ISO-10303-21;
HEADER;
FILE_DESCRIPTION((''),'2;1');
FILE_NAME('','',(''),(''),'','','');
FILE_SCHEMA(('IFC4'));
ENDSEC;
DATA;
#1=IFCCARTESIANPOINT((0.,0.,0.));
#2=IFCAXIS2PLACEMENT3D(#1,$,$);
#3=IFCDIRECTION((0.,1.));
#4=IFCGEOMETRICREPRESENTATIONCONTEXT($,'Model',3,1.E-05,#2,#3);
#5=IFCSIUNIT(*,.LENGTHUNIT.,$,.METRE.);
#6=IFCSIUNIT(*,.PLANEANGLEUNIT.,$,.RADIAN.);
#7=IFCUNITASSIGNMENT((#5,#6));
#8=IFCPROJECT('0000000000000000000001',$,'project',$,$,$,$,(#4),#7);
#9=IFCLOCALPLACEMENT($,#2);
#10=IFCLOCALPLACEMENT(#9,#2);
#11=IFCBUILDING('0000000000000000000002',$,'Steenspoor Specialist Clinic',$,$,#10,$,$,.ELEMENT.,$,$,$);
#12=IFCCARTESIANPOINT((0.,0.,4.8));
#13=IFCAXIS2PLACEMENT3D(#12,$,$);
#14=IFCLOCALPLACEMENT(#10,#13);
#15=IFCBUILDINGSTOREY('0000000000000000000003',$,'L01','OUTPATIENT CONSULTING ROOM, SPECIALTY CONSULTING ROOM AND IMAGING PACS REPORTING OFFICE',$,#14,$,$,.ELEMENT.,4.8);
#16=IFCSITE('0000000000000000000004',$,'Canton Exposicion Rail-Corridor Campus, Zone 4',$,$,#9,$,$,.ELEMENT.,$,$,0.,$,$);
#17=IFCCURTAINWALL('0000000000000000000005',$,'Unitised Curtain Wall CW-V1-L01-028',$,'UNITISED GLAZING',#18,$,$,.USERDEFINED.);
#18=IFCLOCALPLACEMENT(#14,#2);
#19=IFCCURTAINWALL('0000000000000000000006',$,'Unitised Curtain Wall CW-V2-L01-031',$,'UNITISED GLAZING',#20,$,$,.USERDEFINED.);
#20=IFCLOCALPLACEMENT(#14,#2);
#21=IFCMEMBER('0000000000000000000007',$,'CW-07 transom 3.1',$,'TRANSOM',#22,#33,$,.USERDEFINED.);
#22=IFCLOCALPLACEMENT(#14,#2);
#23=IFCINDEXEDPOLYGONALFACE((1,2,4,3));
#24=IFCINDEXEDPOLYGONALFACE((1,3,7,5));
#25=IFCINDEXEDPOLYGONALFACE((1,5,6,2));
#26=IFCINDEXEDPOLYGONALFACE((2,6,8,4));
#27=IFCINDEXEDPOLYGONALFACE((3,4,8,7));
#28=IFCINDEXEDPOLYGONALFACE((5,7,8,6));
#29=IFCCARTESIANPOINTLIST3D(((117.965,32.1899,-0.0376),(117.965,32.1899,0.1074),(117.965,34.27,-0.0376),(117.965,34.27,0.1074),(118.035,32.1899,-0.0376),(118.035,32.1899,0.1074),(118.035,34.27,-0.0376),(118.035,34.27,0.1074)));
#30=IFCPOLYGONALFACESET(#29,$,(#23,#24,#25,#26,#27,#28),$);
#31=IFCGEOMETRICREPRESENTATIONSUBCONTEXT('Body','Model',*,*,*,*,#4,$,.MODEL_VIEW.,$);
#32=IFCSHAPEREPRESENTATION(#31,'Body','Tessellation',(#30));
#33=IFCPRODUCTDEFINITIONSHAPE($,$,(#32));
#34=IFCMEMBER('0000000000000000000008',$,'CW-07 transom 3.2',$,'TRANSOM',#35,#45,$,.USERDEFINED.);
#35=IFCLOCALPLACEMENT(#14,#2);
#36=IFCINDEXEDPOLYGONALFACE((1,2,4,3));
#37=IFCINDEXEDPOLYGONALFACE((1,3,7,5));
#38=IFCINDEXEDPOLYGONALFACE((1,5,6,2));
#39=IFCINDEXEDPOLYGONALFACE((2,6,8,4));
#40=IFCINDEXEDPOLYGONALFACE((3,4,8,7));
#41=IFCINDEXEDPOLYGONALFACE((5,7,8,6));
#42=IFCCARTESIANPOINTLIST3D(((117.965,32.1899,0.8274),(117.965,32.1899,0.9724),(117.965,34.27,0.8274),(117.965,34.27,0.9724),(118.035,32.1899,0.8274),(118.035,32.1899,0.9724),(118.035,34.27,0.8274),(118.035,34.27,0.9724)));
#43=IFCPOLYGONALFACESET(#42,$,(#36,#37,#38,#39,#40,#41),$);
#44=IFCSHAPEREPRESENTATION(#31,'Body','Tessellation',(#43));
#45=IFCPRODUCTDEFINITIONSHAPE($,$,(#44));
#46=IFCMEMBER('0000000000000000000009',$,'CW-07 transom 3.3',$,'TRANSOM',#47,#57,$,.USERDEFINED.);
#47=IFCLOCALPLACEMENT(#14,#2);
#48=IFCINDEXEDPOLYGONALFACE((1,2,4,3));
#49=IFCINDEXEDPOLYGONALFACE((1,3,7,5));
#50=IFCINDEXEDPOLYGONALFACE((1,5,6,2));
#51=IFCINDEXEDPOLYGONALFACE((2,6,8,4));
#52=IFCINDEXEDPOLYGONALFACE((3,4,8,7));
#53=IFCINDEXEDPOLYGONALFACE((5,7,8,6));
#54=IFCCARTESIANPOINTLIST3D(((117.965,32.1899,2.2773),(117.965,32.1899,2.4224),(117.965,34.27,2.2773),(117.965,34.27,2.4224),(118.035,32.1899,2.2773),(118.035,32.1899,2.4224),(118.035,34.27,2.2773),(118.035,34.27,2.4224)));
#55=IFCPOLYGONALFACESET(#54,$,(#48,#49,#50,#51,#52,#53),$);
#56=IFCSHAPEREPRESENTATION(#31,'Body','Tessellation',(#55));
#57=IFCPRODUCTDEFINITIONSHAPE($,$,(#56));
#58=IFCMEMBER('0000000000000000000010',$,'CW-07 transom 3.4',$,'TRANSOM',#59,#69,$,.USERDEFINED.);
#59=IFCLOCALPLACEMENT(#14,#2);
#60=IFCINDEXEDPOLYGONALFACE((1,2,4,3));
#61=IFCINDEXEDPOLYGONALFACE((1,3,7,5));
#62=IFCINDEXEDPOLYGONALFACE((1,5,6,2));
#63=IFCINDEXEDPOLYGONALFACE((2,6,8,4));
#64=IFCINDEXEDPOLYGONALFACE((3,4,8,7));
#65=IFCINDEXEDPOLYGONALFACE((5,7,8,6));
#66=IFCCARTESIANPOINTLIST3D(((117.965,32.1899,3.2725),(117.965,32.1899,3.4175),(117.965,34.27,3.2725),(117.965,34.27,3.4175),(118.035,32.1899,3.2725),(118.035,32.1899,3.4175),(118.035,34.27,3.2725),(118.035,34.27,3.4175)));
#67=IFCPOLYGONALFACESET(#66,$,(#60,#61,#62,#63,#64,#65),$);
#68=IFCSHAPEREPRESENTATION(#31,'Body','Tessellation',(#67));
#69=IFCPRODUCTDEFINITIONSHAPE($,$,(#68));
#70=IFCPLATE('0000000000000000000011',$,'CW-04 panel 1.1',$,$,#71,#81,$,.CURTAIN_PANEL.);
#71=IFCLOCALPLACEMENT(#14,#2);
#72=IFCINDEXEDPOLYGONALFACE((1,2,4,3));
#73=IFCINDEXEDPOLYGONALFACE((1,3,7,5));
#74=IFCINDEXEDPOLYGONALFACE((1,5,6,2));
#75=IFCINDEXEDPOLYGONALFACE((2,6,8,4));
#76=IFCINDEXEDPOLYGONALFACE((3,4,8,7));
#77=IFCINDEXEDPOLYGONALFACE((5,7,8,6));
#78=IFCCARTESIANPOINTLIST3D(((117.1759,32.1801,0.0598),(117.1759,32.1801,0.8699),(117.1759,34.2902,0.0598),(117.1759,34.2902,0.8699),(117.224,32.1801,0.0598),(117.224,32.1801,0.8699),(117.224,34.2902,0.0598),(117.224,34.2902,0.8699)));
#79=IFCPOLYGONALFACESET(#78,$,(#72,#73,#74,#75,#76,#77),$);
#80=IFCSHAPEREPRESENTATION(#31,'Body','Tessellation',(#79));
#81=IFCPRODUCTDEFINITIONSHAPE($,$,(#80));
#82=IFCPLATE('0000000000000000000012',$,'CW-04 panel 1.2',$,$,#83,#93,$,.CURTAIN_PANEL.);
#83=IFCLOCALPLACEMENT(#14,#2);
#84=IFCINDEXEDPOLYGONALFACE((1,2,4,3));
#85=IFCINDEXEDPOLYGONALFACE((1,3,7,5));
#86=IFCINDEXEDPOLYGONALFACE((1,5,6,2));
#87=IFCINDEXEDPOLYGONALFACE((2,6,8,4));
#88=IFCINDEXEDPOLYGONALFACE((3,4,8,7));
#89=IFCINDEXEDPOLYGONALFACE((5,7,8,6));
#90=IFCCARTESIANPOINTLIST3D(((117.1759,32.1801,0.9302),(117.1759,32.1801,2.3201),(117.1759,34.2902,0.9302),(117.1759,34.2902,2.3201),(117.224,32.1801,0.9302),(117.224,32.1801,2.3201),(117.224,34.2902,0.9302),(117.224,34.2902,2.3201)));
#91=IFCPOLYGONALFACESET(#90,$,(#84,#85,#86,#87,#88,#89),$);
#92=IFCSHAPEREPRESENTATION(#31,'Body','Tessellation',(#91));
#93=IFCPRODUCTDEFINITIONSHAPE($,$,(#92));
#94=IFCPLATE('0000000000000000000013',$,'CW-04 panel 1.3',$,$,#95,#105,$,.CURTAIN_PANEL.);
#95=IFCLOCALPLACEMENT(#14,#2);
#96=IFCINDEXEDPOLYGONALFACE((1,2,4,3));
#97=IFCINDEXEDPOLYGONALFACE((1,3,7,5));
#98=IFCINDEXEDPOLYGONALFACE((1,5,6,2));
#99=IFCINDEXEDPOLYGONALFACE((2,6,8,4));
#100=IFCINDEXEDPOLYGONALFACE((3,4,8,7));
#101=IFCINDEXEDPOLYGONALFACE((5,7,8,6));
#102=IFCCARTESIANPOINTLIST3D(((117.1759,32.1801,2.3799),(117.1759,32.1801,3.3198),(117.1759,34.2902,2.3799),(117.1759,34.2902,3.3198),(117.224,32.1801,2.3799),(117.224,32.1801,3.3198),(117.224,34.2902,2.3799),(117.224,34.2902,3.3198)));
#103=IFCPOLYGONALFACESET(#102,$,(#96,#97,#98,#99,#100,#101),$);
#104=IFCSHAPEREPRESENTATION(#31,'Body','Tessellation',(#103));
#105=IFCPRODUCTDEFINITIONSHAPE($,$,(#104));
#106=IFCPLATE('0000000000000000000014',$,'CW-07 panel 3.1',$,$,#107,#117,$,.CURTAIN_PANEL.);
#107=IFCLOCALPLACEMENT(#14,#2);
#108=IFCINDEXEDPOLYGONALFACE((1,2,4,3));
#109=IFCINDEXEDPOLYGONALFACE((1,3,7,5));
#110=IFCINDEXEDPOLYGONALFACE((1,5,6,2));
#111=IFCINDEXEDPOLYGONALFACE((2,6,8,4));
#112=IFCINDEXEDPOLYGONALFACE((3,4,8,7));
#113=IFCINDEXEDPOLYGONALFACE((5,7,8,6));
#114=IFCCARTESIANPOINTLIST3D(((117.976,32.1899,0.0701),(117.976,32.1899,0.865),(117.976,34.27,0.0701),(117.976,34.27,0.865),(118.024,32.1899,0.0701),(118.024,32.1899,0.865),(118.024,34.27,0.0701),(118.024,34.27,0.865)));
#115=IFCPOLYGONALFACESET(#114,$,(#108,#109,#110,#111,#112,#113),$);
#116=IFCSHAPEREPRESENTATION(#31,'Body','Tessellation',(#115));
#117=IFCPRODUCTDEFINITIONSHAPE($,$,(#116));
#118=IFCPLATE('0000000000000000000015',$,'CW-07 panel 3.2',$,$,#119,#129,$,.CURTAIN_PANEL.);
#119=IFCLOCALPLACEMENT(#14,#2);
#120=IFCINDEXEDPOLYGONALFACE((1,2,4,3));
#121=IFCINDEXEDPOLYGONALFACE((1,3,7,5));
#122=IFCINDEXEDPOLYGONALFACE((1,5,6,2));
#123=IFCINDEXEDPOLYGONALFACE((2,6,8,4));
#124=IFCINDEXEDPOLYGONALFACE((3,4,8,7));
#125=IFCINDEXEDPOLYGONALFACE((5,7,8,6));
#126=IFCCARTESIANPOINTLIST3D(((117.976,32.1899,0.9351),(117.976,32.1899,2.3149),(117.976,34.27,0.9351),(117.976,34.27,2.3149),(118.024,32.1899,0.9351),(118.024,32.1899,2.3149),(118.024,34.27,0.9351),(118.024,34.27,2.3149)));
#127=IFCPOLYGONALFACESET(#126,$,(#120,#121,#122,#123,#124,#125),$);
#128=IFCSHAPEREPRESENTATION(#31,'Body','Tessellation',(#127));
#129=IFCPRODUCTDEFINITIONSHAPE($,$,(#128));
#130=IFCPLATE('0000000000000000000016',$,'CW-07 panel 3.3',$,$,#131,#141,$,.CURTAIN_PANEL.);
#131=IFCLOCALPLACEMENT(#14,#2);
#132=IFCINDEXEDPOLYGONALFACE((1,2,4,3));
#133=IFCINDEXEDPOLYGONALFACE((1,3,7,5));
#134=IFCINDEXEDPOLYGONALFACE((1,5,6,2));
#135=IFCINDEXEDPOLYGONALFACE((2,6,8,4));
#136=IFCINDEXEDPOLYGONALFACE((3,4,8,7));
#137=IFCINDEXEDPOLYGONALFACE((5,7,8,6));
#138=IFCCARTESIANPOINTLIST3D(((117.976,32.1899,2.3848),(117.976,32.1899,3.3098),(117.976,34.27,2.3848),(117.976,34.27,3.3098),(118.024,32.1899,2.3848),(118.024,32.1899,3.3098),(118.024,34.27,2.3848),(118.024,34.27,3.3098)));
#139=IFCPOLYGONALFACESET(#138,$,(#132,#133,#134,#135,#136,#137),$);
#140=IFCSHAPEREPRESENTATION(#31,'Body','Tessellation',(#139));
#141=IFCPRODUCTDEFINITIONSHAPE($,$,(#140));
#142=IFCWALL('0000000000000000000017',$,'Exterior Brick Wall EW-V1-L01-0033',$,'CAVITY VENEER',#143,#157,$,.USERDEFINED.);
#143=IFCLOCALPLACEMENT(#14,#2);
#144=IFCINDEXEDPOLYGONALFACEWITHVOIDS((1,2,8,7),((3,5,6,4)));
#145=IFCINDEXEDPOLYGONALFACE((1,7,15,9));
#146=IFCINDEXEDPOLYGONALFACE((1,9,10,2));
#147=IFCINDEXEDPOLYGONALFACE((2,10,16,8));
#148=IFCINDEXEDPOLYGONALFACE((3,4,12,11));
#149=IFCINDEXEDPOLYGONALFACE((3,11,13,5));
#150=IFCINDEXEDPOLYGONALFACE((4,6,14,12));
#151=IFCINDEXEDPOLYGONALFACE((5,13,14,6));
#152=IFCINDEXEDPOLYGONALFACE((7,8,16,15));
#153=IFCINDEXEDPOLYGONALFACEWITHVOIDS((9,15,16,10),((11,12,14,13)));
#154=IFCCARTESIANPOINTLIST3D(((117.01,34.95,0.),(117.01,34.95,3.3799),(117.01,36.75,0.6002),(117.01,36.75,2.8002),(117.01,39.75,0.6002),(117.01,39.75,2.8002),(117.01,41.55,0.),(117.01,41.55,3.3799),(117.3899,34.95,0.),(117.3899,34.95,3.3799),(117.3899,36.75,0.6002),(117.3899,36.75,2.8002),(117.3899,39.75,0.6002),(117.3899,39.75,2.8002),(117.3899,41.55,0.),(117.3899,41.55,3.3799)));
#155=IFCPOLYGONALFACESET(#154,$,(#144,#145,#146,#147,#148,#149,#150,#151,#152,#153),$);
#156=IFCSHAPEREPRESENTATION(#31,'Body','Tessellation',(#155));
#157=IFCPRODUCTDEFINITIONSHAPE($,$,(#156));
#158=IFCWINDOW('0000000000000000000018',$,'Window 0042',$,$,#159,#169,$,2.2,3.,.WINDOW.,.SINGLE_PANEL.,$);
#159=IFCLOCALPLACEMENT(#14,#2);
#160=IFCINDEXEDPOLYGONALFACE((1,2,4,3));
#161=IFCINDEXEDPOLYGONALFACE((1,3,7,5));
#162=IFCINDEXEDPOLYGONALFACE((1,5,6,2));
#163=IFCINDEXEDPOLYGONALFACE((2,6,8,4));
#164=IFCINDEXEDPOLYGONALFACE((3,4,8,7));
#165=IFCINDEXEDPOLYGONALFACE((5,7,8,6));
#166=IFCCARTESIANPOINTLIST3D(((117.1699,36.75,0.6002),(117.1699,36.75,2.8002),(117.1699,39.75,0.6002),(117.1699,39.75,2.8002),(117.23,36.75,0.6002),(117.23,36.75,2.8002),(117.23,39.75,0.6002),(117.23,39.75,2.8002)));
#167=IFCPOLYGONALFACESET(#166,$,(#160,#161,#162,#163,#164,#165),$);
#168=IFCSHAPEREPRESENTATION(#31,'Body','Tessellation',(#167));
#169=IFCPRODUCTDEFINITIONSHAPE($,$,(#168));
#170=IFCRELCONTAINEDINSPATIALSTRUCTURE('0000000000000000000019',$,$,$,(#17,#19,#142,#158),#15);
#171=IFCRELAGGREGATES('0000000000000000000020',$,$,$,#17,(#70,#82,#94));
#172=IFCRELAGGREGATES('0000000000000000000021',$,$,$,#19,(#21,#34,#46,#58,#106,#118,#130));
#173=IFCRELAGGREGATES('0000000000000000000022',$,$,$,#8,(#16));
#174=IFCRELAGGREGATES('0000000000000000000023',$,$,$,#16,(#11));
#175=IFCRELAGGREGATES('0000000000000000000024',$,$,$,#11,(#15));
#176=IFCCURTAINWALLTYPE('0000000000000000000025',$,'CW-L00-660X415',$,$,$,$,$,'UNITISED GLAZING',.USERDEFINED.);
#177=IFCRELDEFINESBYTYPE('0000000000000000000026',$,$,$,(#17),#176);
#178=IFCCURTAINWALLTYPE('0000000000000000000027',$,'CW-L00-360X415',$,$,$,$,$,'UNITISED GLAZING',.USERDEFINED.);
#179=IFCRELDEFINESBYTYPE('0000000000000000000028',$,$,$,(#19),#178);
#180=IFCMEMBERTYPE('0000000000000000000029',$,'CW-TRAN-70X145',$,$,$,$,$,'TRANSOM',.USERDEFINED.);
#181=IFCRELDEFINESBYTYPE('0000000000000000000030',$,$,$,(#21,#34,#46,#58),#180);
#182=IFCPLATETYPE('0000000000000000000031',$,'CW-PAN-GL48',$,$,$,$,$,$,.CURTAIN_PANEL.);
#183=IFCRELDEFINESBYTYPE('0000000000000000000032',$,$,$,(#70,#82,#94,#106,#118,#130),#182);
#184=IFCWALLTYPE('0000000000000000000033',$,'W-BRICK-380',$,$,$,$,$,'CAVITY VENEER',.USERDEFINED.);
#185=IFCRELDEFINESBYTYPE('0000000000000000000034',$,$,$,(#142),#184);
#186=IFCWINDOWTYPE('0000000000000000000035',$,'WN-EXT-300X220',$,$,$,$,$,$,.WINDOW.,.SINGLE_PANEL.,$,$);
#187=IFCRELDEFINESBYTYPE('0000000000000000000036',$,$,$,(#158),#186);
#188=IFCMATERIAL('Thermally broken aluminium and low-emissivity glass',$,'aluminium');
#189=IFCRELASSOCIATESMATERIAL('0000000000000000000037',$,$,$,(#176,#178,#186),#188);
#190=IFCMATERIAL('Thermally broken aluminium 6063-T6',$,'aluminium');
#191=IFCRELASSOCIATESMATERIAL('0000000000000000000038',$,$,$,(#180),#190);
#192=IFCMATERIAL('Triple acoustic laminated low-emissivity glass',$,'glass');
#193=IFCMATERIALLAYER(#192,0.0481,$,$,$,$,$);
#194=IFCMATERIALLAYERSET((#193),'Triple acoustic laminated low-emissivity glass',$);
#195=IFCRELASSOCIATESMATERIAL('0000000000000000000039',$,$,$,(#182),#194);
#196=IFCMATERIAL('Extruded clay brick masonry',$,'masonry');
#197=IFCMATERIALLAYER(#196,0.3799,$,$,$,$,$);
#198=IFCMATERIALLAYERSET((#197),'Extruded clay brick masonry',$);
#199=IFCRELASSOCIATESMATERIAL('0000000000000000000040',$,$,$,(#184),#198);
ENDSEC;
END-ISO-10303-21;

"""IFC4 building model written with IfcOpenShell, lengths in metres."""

from ifc_helpers import new_model, si_unit, direction, frame, frame_2d, origin, origin_2d, place, context, subcontext, project, spatial, rectangle, extrude, material, layer, layer_set, material_profile, profile_set, type_object, element, fill, aggregate, save


model = new_model("IFC4")

# Units and contexts
model_context = context("Model", 3, precision=1e-05, world=origin(), true_north=direction((0.0, 1.0)))
body_context = subcontext(model_context, "Body", "Model", "MODEL_VIEW")
ifc_project = project(units=[si_unit("LENGTHUNIT", "METRE"), si_unit("PLANEANGLEUNIT", "RADIAN")], contexts=[model_context])

# Site, building, storey
site_placement = place(None, origin())
site = spatial("IfcSite", under=ifc_project, at=site_placement, Name="Canton Exposicion Rail-Corridor Campus, Zone 4", CompositionType="ELEMENT", RefElevation=0.0)
building_placement = place(site_placement, origin())
building = spatial("IfcBuilding", under=site, at=building_placement, Name="Steenspoor Specialist Clinic", CompositionType="ELEMENT")
storey_placement = place(building_placement, frame((0.0, 0.0, 4.8)))
storey = spatial("IfcBuildingStorey", under=building, at=storey_placement, Name="L01", Description="OUTPATIENT CONSULTING ROOM, SPECIALTY CONSULTING ROOM AND IMAGING PACS REPORTING OFFICE", CompositionType="ELEMENT", Elevation=4.8)

# Curtain walls
ifc_material_1 = material(Name="Thermally broken aluminium and low-emissivity glass", Category="aluminium")
curtain_wall_type_1 = type_object("IfcCurtainWallType", Name="CW-L00-660X415", ElementType="UNITISED GLAZING", PredefinedType="USERDEFINED", material=ifc_material_1)
curtain_wall_1_placement = place(storey_placement, origin())
curtain_wall_1 = element("IfcCurtainWall", 1, at=curtain_wall_1_placement, inside=storey, type_object=curtain_wall_type_1, Name="Unitised Curtain Wall CW-V1-L01-028", ObjectType="UNITISED GLAZING", PredefinedType="USERDEFINED")
ifc_material_2 = material(Name="Thermally broken aluminium 6063-T6", Category="aluminium")
curtain_wall_type_2 = type_object("IfcCurtainWallType", Name="CW-L00-360X415", ElementType="UNITISED GLAZING", PredefinedType="USERDEFINED", material=ifc_material_1)
curtain_wall_2_placement = place(storey_placement, origin())
curtain_wall_2 = element("IfcCurtainWall", 2, at=curtain_wall_2_placement, inside=storey, type_object=curtain_wall_type_2, Name="Unitised Curtain Wall CW-V2-L01-031", ObjectType="UNITISED GLAZING", PredefinedType="USERDEFINED")

# Members
ifc_material_profile_1 = material_profile(ifc_material_2, rectangle(XDim=0.0701, YDim=0.145, at=origin_2d()), Name="CWT-70X145")
ifc_profile_set_1 = profile_set([ifc_material_profile_1], Name="Thermally broken aluminium 6063-T6")
member_type_1 = type_object("IfcMemberType", Name="CW-TRAN-70X145", ElementType="TRANSOM", PredefinedType="USERDEFINED", material=ifc_profile_set_1)
member_1_placement = place(storey_placement, frame((118.0, 32.1899, 0.0349), z_axis=(0.0, 1.0, 0.0), x_axis=(-1.0, 0.0, 0.0)))
member_1 = element("IfcMember", 3, at=member_1_placement, type_object=member_type_1, Name="CW-07 transom 3.1", ObjectType="TRANSOM", PredefinedType="USERDEFINED", context=body_context, shape_type="SweptSolid", body=[
    extrude(rectangle(XDim=0.0701, YDim=0.145, at=origin_2d()), origin(), (0.0, 0.0, 1.0), 2.0801),
])
member_2_placement = place(storey_placement, frame((118.0, 32.1899, 0.8999), z_axis=(0.0, 1.0, 0.0), x_axis=(-1.0, 0.0, 0.0)))
member_2 = element("IfcMember", 4, at=member_2_placement, type_object=member_type_1, Name="CW-07 transom 3.2", ObjectType="TRANSOM", PredefinedType="USERDEFINED", context=body_context, shape_type="SweptSolid", body=[
    extrude(rectangle(XDim=0.0701, YDim=0.145, at=origin_2d()), origin(), (0.0, 0.0, 1.0), 2.0801),
])
member_3_placement = place(storey_placement, frame((118.0, 32.1899, 2.3499), z_axis=(0.0, 1.0, 0.0), x_axis=(-1.0, 0.0, 0.0)))
member_3 = element("IfcMember", 5, at=member_3_placement, type_object=member_type_1, Name="CW-07 transom 3.3", ObjectType="TRANSOM", PredefinedType="USERDEFINED", context=body_context, shape_type="SweptSolid", body=[
    extrude(rectangle(XDim=0.0701, YDim=0.145, at=origin_2d()), origin(), (0.0, 0.0, 1.0), 2.0801),
])
member_4_placement = place(storey_placement, frame((118.0, 32.1899, 3.345), z_axis=(0.0, 1.0, 0.0), x_axis=(-1.0, 0.0, 0.0)))
member_4 = element("IfcMember", 6, at=member_4_placement, type_object=member_type_1, Name="CW-07 transom 3.4", ObjectType="TRANSOM", PredefinedType="USERDEFINED", context=body_context, shape_type="SweptSolid", body=[
    extrude(rectangle(XDim=0.0701, YDim=0.145, at=origin_2d()), origin(), (0.0, 0.0, 1.0), 2.0801),
])

# Plates
ifc_material_3 = material(Name="Triple acoustic laminated low-emissivity glass", Category="glass")
ifc_layer_1 = layer(ifc_material_3, 0.0481)
ifc_layer_set_1 = layer_set([ifc_layer_1], Name="Triple acoustic laminated low-emissivity glass")
plate_type = type_object("IfcPlateType", Name="CW-PAN-GL48", PredefinedType="CURTAIN_PANEL", material=ifc_layer_set_1)
plate_1_placement = place(storey_placement, frame((117.2, 33.2351, 0.0598), z_axis=(0.0, 0.0, 1.0), x_axis=(0.0, -1.0, 0.0)))
plate_1 = element("IfcPlate", 7, at=plate_1_placement, type_object=plate_type, Name="CW-04 panel 1.1", PredefinedType="CURTAIN_PANEL", context=body_context, shape_type="SweptSolid", body=[
    extrude(rectangle(XDim=2.1101, YDim=0.0481, at=origin_2d()), origin(), (0.0, 0.0, 1.0), 0.8101),
])
plate_2_placement = place(storey_placement, frame((117.2, 33.2351, 0.9302), z_axis=(0.0, 0.0, 1.0), x_axis=(0.0, -1.0, 0.0)))
plate_2 = element("IfcPlate", 8, at=plate_2_placement, type_object=plate_type, Name="CW-04 panel 1.2", PredefinedType="CURTAIN_PANEL", context=body_context, shape_type="SweptSolid", body=[
    extrude(rectangle(XDim=2.1101, YDim=0.0481, at=origin_2d()), origin(), (0.0, 0.0, 1.0), 1.3899),
])
plate_3_placement = place(storey_placement, frame((117.2, 33.2351, 2.3799), z_axis=(0.0, 0.0, 1.0), x_axis=(0.0, -1.0, 0.0)))
plate_3 = element("IfcPlate", 9, at=plate_3_placement, type_object=plate_type, Name="CW-04 panel 1.3", PredefinedType="CURTAIN_PANEL", context=body_context, shape_type="SweptSolid", body=[
    extrude(rectangle(XDim=2.1101, YDim=0.0481, at=origin_2d()), origin(), (0.0, 0.0, 1.0), 0.9399),
])
aggregate(curtain_wall_1, [plate_1, plate_2, plate_3])
plate_4_placement = place(storey_placement, frame((118.0, 33.23, 0.0701), z_axis=(0.0, 0.0, 1.0), x_axis=(0.0, 1.0, 0.0)))
plate_4 = element("IfcPlate", 10, at=plate_4_placement, type_object=plate_type, Name="CW-07 panel 3.1", PredefinedType="CURTAIN_PANEL", context=body_context, shape_type="SweptSolid", body=[
    extrude(rectangle(XDim=2.0801, YDim=0.0481, at=origin_2d()), origin(), (0.0, 0.0, 1.0), 0.7949),
])
plate_5_placement = place(storey_placement, frame((118.0, 33.23, 0.9351), z_axis=(0.0, 0.0, 1.0), x_axis=(0.0, 1.0, 0.0)))
plate_5 = element("IfcPlate", 11, at=plate_5_placement, type_object=plate_type, Name="CW-07 panel 3.2", PredefinedType="CURTAIN_PANEL", context=body_context, shape_type="SweptSolid", body=[
    extrude(rectangle(XDim=2.0801, YDim=0.0481, at=origin_2d()), origin(), (0.0, 0.0, 1.0), 1.3799),
])
plate_6_placement = place(storey_placement, frame((118.0, 33.23, 2.3848), z_axis=(0.0, 0.0, 1.0), x_axis=(0.0, 1.0, 0.0)))
plate_6 = element("IfcPlate", 12, at=plate_6_placement, type_object=plate_type, Name="CW-07 panel 3.3", PredefinedType="CURTAIN_PANEL", context=body_context, shape_type="SweptSolid", body=[
    extrude(rectangle(XDim=2.0801, YDim=0.0481, at=origin_2d()), origin(), (0.0, 0.0, 1.0), 0.925),
])
aggregate(curtain_wall_2, [member_1, member_2, member_3, member_4, plate_4, plate_5, plate_6])

# Wall, opening, window
ifc_material_4 = material(Name="Extruded clay brick masonry", Category="masonry")
ifc_layer_2 = layer(ifc_material_4, 0.3799)
ifc_layer_set_2 = layer_set([ifc_layer_2], Name="Extruded clay brick masonry")
wall_type_1 = type_object("IfcWallType", Name="W-BRICK-380", ElementType="CAVITY VENEER", PredefinedType="USERDEFINED", material=ifc_layer_set_2)
wall_1_placement = place(storey_placement, frame((117.2, 41.55, 0.0), z_axis=(0.0, 0.0, 1.0), x_axis=(0.0, -1.0, 0.0)))
wall_1 = element("IfcWall", 13, at=wall_1_placement, inside=storey, type_object=wall_type_1, Name="Exterior Brick Wall EW-V1-L01-0033", ObjectType="CAVITY VENEER", PredefinedType="USERDEFINED", context=body_context, shape_type="SweptSolid", body=[
    extrude(rectangle(XDim=6.6001, YDim=0.3799, at=frame_2d((3.3, 0.0))), origin(), (0.0, 0.0, 1.0), 3.3799),
])
opening_1_placement = place(wall_1_placement, frame((1.8, 0.0, 0.6001)))
opening_1 = element("IfcOpeningElement", 14, at=opening_1_placement, cuts=wall_1, PredefinedType="OPENING", context=body_context, shape_type="SweptSolid", body=[
    extrude(rectangle(XDim=3.0, YDim=2.2, at=frame_2d((1.5, 1.1001))), frame((0.0, 0.2, 0.0), z_axis=(0.0, -1.0, 0.0), x_axis=(1.0, 0.0, 0.0)), (0.0, 0.0, 1.0), 0.3999),
])
window_type_1 = type_object("IfcWindowType", Name="WN-EXT-300X220", PartitioningType="SINGLE_PANEL", PredefinedType="WINDOW", material=ifc_material_1)
window_1_placement = place(opening_1_placement, origin())
window_1 = element("IfcWindow", 15, at=window_1_placement, inside=storey, type_object=window_type_1, Name="Window 0042", OverallHeight=2.2, OverallWidth=3.0, PartitioningType="SINGLE_PANEL", PredefinedType="WINDOW", context=body_context, shape_type="SweptSolid", body=[
    extrude(rectangle(XDim=3.0, YDim=2.2, at=frame_2d((1.5, 1.1001))), frame((0.0, 0.03, 0.0), z_axis=(0.0, -1.0, 0.0), x_axis=(1.0, 0.0, 0.0)), (0.0, 0.0, 1.0), 0.0601),
])
fill(opening_1, window_1)

save(model, "model.ifc")
